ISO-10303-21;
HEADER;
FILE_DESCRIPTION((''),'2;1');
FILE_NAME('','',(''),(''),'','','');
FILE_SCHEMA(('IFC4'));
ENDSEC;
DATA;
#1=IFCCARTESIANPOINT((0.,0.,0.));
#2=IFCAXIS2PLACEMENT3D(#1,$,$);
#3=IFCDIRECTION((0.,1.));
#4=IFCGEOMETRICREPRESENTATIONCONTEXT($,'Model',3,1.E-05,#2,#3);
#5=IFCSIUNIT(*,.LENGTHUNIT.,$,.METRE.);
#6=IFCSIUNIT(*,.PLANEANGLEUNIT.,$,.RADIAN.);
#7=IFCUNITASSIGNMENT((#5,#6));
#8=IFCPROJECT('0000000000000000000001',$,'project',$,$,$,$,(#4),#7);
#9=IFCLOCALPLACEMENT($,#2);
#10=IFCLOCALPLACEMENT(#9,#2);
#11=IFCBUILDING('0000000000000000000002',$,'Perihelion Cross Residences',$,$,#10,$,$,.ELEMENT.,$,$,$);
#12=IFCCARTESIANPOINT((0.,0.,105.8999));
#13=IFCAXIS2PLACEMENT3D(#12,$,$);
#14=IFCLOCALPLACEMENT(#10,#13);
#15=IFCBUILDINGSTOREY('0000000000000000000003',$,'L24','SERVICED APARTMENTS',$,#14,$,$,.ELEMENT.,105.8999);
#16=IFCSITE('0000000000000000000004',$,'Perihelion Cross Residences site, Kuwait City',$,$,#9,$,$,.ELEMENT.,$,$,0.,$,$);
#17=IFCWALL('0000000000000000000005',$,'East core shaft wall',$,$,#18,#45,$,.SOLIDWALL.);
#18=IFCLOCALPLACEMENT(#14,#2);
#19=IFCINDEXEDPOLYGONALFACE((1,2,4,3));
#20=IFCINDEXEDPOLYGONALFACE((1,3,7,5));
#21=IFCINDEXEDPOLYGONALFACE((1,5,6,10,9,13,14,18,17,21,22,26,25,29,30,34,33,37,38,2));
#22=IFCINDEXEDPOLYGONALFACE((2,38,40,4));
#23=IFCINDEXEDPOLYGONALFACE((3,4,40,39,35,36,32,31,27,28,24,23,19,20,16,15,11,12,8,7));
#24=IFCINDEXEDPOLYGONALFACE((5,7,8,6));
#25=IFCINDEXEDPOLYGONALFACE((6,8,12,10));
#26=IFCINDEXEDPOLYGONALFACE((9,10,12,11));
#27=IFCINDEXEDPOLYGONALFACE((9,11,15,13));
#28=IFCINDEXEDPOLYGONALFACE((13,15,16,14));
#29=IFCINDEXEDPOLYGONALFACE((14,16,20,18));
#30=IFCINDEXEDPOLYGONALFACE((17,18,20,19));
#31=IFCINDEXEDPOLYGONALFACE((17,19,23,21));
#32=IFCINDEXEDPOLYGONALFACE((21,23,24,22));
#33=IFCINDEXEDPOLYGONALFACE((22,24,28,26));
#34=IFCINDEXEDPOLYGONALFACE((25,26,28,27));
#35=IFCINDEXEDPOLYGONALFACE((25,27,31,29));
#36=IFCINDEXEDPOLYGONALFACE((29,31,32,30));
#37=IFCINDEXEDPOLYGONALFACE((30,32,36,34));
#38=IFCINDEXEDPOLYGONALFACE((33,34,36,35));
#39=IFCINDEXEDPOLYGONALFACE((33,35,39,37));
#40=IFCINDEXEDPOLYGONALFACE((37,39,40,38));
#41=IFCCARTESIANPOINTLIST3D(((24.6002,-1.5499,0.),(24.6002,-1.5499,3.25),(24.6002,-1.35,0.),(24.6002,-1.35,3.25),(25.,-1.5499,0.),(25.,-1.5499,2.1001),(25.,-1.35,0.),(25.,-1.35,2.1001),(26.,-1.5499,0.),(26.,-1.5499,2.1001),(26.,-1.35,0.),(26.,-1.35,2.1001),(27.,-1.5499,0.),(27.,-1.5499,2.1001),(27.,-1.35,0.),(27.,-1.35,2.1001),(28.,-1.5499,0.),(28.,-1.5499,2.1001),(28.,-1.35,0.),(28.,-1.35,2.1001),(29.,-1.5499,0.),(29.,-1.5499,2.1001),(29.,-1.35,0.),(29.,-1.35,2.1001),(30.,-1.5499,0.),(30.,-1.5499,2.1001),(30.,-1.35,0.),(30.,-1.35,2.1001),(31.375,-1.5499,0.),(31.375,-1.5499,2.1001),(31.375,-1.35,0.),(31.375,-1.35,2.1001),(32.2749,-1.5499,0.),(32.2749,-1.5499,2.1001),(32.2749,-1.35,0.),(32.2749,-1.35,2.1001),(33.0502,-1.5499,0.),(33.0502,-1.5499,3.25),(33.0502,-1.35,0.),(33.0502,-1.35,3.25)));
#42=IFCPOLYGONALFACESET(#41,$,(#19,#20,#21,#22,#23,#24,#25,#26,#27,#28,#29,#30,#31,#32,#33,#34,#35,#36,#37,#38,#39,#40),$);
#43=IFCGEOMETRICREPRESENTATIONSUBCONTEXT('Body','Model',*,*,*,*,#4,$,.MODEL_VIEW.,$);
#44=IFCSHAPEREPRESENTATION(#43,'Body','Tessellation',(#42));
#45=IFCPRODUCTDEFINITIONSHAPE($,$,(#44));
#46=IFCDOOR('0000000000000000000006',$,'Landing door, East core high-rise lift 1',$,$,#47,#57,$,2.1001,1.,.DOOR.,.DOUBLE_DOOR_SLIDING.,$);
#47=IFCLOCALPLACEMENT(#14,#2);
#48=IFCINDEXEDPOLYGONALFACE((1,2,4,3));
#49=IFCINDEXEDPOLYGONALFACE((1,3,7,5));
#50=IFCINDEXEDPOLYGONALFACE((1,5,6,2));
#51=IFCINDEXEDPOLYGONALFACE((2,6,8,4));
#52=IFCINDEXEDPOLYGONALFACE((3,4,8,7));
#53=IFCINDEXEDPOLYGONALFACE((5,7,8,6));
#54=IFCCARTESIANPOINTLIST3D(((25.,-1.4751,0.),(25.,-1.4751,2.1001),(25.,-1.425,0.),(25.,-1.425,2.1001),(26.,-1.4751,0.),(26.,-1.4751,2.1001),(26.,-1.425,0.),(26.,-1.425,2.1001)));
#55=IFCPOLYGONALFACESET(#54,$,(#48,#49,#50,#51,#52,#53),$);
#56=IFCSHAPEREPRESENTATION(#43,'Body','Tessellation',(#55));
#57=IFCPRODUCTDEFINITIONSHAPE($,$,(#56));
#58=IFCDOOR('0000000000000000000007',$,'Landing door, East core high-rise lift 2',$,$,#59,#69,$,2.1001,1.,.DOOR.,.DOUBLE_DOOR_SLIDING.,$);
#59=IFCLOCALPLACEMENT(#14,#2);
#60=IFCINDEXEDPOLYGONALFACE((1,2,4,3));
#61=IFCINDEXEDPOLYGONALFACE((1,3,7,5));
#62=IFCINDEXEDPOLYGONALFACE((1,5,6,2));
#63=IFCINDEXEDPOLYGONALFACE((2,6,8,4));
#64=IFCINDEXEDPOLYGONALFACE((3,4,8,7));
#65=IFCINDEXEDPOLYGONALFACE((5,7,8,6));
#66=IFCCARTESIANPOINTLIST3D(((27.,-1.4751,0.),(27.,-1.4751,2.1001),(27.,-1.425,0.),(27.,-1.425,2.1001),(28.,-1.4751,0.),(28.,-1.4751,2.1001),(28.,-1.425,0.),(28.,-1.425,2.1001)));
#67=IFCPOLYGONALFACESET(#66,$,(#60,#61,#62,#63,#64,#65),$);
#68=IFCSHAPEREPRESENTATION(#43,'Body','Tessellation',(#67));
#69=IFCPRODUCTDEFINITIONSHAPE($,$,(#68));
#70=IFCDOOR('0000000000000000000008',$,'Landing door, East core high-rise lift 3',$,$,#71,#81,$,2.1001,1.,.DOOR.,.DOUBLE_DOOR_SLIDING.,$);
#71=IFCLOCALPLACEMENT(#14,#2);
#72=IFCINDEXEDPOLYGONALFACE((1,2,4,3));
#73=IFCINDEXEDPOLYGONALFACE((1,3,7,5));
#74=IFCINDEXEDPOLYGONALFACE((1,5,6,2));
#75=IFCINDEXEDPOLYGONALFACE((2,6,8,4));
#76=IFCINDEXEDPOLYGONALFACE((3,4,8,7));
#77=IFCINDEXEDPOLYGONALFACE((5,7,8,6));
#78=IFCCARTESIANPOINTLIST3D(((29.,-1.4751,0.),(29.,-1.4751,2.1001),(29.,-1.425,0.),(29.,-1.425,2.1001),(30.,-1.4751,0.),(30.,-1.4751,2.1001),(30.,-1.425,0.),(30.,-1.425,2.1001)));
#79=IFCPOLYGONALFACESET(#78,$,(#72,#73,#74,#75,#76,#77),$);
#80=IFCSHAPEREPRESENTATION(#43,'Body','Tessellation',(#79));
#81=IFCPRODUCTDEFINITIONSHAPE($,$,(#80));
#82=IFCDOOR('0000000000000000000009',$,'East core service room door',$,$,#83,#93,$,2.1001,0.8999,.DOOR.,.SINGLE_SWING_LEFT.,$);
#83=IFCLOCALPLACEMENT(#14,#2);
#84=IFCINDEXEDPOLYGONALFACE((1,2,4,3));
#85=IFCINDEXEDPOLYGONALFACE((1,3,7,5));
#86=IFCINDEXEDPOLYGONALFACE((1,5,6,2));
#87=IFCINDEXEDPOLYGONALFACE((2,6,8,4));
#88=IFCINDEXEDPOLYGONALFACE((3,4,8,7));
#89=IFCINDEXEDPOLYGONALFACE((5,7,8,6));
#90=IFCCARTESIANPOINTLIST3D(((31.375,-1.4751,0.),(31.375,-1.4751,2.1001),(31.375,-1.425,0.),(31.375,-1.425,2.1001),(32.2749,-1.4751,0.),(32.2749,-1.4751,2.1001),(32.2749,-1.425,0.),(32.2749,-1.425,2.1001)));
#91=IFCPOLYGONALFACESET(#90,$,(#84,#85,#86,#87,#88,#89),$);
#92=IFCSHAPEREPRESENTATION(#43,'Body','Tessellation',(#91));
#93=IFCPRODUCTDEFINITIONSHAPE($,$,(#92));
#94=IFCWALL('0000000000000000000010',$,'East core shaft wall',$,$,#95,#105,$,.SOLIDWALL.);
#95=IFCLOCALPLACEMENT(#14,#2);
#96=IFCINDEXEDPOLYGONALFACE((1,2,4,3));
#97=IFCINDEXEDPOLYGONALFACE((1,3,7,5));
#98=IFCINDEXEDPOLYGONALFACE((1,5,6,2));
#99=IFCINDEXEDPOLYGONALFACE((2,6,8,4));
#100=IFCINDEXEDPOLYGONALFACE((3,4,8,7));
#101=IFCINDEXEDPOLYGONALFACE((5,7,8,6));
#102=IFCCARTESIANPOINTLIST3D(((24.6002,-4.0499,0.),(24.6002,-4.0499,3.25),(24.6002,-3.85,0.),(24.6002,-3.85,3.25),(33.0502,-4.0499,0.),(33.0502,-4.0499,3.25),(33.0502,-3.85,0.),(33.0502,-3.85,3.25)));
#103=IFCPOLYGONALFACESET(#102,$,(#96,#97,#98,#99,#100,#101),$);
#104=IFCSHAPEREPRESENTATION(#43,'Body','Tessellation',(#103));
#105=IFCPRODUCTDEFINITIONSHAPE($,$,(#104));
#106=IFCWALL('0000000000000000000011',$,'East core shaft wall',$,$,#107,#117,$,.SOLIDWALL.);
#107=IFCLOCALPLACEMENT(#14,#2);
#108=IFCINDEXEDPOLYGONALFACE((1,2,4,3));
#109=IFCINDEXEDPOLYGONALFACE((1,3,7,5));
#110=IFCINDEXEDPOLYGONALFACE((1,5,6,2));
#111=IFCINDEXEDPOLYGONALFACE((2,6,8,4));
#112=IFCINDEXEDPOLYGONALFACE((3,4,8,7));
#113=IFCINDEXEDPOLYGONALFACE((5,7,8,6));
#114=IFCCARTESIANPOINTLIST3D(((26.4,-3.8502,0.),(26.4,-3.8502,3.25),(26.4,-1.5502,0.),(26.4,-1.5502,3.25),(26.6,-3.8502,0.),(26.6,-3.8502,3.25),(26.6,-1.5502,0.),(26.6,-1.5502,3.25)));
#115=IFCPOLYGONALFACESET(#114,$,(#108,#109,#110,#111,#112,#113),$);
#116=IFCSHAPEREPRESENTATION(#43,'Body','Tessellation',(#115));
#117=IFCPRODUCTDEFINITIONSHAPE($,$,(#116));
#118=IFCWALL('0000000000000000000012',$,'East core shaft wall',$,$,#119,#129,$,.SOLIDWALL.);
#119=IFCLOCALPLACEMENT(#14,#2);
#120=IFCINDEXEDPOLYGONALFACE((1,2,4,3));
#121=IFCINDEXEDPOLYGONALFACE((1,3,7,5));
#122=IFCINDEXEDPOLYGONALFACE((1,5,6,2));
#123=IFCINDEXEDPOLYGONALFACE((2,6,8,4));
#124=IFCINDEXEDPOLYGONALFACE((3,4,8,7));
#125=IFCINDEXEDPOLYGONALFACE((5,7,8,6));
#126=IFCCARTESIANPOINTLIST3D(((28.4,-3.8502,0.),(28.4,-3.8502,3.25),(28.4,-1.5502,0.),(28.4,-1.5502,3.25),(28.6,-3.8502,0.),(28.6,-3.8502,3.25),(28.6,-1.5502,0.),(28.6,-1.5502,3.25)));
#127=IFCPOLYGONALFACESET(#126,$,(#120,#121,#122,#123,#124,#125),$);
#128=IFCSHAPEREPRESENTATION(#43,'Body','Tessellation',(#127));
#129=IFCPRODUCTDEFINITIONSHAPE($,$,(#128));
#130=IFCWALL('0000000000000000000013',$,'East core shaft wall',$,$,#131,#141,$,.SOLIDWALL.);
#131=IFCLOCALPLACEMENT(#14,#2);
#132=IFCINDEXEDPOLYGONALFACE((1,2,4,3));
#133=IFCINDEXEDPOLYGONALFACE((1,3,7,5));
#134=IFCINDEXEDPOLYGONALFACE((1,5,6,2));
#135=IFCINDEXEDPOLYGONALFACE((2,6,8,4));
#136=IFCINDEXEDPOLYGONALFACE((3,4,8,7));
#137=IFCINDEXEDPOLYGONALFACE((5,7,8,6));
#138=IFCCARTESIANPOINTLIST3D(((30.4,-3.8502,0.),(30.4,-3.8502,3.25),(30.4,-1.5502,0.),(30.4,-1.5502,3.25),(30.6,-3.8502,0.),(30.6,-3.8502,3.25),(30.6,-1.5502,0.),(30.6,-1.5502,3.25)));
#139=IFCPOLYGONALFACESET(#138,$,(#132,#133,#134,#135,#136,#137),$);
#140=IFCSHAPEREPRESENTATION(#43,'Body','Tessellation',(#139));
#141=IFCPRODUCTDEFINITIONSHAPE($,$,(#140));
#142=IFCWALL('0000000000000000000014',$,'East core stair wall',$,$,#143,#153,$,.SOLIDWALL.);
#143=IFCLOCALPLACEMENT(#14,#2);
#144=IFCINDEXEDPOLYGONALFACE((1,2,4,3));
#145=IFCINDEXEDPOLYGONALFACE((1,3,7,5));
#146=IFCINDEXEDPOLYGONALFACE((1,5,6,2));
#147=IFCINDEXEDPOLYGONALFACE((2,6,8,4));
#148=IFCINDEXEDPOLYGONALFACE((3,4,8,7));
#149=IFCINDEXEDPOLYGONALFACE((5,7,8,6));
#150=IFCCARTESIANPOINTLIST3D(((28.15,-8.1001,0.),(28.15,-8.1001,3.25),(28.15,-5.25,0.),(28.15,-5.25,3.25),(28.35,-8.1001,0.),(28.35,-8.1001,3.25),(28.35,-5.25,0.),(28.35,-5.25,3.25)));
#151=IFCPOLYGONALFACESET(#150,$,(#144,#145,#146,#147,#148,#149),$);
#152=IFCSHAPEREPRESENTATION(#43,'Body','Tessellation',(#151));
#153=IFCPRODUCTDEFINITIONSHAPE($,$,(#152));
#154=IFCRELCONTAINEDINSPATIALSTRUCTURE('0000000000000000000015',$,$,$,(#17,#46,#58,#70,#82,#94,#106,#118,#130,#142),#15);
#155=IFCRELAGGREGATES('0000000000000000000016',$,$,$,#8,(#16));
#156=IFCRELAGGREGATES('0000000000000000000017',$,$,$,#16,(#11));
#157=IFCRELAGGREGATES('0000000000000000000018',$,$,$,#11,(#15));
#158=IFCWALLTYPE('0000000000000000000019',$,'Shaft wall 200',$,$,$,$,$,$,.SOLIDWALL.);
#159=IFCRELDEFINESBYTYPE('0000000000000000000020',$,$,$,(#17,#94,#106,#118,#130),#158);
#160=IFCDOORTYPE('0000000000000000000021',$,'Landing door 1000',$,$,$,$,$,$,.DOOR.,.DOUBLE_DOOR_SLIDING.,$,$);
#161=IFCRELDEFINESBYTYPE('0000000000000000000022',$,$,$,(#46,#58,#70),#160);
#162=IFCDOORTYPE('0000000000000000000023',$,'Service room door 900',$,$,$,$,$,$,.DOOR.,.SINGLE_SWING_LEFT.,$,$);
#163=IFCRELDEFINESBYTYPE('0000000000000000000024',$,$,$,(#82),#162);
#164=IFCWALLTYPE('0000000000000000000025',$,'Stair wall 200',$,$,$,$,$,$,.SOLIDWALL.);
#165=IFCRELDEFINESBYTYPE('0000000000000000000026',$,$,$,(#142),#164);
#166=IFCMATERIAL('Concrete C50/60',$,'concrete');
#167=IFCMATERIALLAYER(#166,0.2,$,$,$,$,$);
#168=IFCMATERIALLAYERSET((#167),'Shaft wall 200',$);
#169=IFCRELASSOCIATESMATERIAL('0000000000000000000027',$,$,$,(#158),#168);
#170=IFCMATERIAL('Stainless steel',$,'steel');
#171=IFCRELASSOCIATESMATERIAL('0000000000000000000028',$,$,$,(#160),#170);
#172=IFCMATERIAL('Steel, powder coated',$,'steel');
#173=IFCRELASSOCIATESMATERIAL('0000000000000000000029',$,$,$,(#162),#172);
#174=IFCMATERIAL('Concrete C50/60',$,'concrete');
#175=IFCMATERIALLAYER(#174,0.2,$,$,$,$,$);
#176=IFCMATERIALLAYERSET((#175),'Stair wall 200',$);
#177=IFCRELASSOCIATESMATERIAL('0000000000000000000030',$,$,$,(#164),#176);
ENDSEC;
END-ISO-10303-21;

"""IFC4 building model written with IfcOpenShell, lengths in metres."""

from ifc_helpers import new_model, si_unit, direction, frame, frame_2d, origin, place, context, subcontext, project, spatial, rectangle, extrude, material, layer, layer_set, type_object, element, fill, save


model = new_model("IFC4")

# Units and contexts
model_context = context("Model", 3, precision=1e-05, world=origin(), true_north=direction((0.0, 1.0)))
body_context = subcontext(model_context, "Body", "Model", "MODEL_VIEW")
ifc_project = project(units=[si_unit("LENGTHUNIT", "METRE"), si_unit("PLANEANGLEUNIT", "RADIAN")], contexts=[model_context])

# Site, building, storey
site_placement = place(None, origin())
site = spatial("IfcSite", under=ifc_project, at=site_placement, Name="Perihelion Cross Residences site, Kuwait City", CompositionType="ELEMENT", RefElevation=0.0)
building_placement = place(site_placement, origin())
building = spatial("IfcBuilding", under=site, at=building_placement, Name="Perihelion Cross Residences", CompositionType="ELEMENT")
storey_placement = place(building_placement, frame((0.0, 0.0, 105.8999)))
storey = spatial("IfcBuildingStorey", under=building, at=storey_placement, Name="L24", Description="SERVICED APARTMENTS", CompositionType="ELEMENT", Elevation=105.8999)

# Wall, openings, doors
ifc_material_1 = material(Name="Concrete C50/60", Category="concrete")
ifc_layer_1 = layer(ifc_material_1, 0.2)
ifc_layer_set_1 = layer_set([ifc_layer_1], Name="Shaft wall 200")
wall_type_1 = type_object("IfcWallType", Name="Shaft wall 200", PredefinedType="SOLIDWALL", material=ifc_layer_set_1)
wall_1_placement = place(storey_placement, frame((24.6001, -1.45, 0.0), z_axis=(0.0, 0.0, 1.0), x_axis=(1.0, 0.0, 0.0)))
wall_1 = element("IfcWall", 1, at=wall_1_placement, inside=storey, type_object=wall_type_1, Name="East core shaft wall", PredefinedType="SOLIDWALL", context=body_context, shape_type="SweptSolid", body=[
    extrude(rectangle(XDim=8.45, YDim=0.2, at=frame_2d((4.2251, 0.0))), origin(), (0.0, 0.0, 1.0), 3.25),
])
opening_1_placement = place(wall_1_placement, frame((0.3999, 0.0, 0.0)))
opening_1 = element("IfcOpeningElement", 2, at=opening_1_placement, cuts=wall_1, PredefinedType="OPENING", context=body_context, shape_type="SweptSolid", body=[
    extrude(rectangle(XDim=1.0, YDim=2.1001, at=frame_2d((0.5, 1.05))), frame((0.0, 0.1099, 0.0), z_axis=(0.0, -1.0, 0.0), x_axis=(1.0, 0.0, 0.0)), (0.0, 0.0, 1.0), 0.22),
])
opening_2_placement = place(wall_1_placement, frame((2.3999, 0.0, 0.0)))
opening_2 = element("IfcOpeningElement", 3, at=opening_2_placement, cuts=wall_1, PredefinedType="OPENING", context=body_context, shape_type="SweptSolid", body=[
    extrude(rectangle(XDim=1.0, YDim=2.1001, at=frame_2d((0.5, 1.05))), frame((0.0, 0.1099, 0.0), z_axis=(0.0, -1.0, 0.0), x_axis=(1.0, 0.0, 0.0)), (0.0, 0.0, 1.0), 0.22),
])
opening_3_placement = place(wall_1_placement, frame((4.3999, 0.0, 0.0)))
opening_3 = element("IfcOpeningElement", 4, at=opening_3_placement, cuts=wall_1, PredefinedType="OPENING", context=body_context, shape_type="SweptSolid", body=[
    extrude(rectangle(XDim=1.0, YDim=2.1001, at=frame_2d((0.5, 1.05))), frame((0.0, 0.1099, 0.0), z_axis=(0.0, -1.0, 0.0), x_axis=(1.0, 0.0, 0.0)), (0.0, 0.0, 1.0), 0.22),
])
opening_4_placement = place(wall_1_placement, frame((6.7749, 0.0, 0.0)))
opening_4 = element("IfcOpeningElement", 5, at=opening_4_placement, cuts=wall_1, PredefinedType="OPENING", context=body_context, shape_type="SweptSolid", body=[
    extrude(rectangle(XDim=0.8999, YDim=2.1001, at=frame_2d((0.45, 1.05))), frame((0.0, 0.1099, 0.0), z_axis=(0.0, -1.0, 0.0), x_axis=(1.0, 0.0, 0.0)), (0.0, 0.0, 1.0), 0.22),
])
ifc_material_2 = material(Name="Stainless steel", Category="steel")
door_type_1 = type_object("IfcDoorType", Name="Landing door 1000", OperationType="DOUBLE_DOOR_SLIDING", PredefinedType="DOOR", material=ifc_material_2)
door_1_placement = place(opening_1_placement, origin())
door_1 = element("IfcDoor", 6, at=door_1_placement, inside=storey, type_object=door_type_1, Name="Landing door, East core high-rise lift 1", OperationType="DOUBLE_DOOR_SLIDING", OverallHeight=2.1001, OverallWidth=1.0, PredefinedType="DOOR", context=body_context, shape_type="SweptSolid", body=[
    extrude(rectangle(XDim=1.0, YDim=2.1001, at=frame_2d((0.5, 1.05))), frame((0.0, 0.0249, 0.0), z_axis=(0.0, -1.0, 0.0), x_axis=(1.0, 0.0, 0.0)), (0.0, 0.0, 1.0), 0.05),
])
fill(opening_1, door_1)
door_2_placement = place(opening_2_placement, origin())
door_2 = element("IfcDoor", 7, at=door_2_placement, inside=storey, type_object=door_type_1, Name="Landing door, East core high-rise lift 2", OperationType="DOUBLE_DOOR_SLIDING", OverallHeight=2.1001, OverallWidth=1.0, PredefinedType="DOOR", context=body_context, shape_type="SweptSolid", body=[
    extrude(rectangle(XDim=1.0, YDim=2.1001, at=frame_2d((0.5, 1.05))), frame((0.0, 0.0249, 0.0), z_axis=(0.0, -1.0, 0.0), x_axis=(1.0, 0.0, 0.0)), (0.0, 0.0, 1.0), 0.05),
])
fill(opening_2, door_2)
door_3_placement = place(opening_3_placement, origin())
door_3 = element("IfcDoor", 8, at=door_3_placement, inside=storey, type_object=door_type_1, Name="Landing door, East core high-rise lift 3", OperationType="DOUBLE_DOOR_SLIDING", OverallHeight=2.1001, OverallWidth=1.0, PredefinedType="DOOR", context=body_context, shape_type="SweptSolid", body=[
    extrude(rectangle(XDim=1.0, YDim=2.1001, at=frame_2d((0.5, 1.05))), frame((0.0, 0.0249, 0.0), z_axis=(0.0, -1.0, 0.0), x_axis=(1.0, 0.0, 0.0)), (0.0, 0.0, 1.0), 0.05),
])
fill(opening_3, door_3)
ifc_material_3 = material(Name="Steel, powder coated", Category="steel")
door_type_2 = type_object("IfcDoorType", Name="Service room door 900", OperationType="SINGLE_SWING_LEFT", PredefinedType="DOOR", material=ifc_material_3)
door_4_placement = place(opening_4_placement, origin())
door_4 = element("IfcDoor", 9, at=door_4_placement, inside=storey, type_object=door_type_2, Name="East core service room door", OperationType="SINGLE_SWING_LEFT", OverallHeight=2.1001, OverallWidth=0.8999, PredefinedType="DOOR", context=body_context, shape_type="SweptSolid", body=[
    extrude(rectangle(XDim=0.8999, YDim=2.1001, at=frame_2d((0.45, 1.05))), frame((0.0, 0.0249, 0.0), z_axis=(0.0, -1.0, 0.0), x_axis=(1.0, 0.0, 0.0)), (0.0, 0.0, 1.0), 0.05),
])
fill(opening_4, door_4)

# Walls
wall_2_placement = place(storey_placement, frame((24.6001, -3.95, 0.0), z_axis=(0.0, 0.0, 1.0), x_axis=(1.0, 0.0, 0.0)))
element("IfcWall", 10, at=wall_2_placement, inside=storey, type_object=wall_type_1, Name="East core shaft wall", PredefinedType="SOLIDWALL", context=body_context, shape_type="SweptSolid", body=[
    extrude(rectangle(XDim=8.45, YDim=0.2, at=frame_2d((4.2251, 0.0))), origin(), (0.0, 0.0, 1.0), 3.25),
])
for number, where, z_axis, x_axis, name in (
    (11, (26.5, -3.8501, 0.0), (0.0, 0.0, 1.0), (0.0, 1.0, 0.0), "East core shaft wall"),
    (12, (28.5, -3.8501, 0.0), (0.0, 0.0, 1.0), (0.0, 1.0, 0.0), "East core shaft wall"),
    (13, (30.5, -3.8501, 0.0), (0.0, 0.0, 1.0), (0.0, 1.0, 0.0), "East core shaft wall"),
):
    element("IfcWall", number, at=place(storey_placement, frame(where, z_axis=z_axis, x_axis=x_axis)), inside=storey, type_object=wall_type_1, Name=name, PredefinedType="SOLIDWALL", context=body_context, shape_type="SweptSolid", body=[
        extrude(rectangle(XDim=2.3, YDim=0.2, at=frame_2d((1.1499, 0.0))), origin(), (0.0, 0.0, 1.0), 3.25),
    ])
ifc_material_4 = material(Name="Concrete C50/60", Category="concrete")
ifc_layer_2 = layer(ifc_material_4, 0.2)
ifc_layer_set_2 = layer_set([ifc_layer_2], Name="Stair wall 200")
wall_type_2 = type_object("IfcWallType", Name="Stair wall 200", PredefinedType="SOLIDWALL", material=ifc_layer_set_2)
wall_3_placement = place(storey_placement, frame((28.25, -8.1001, 0.0), z_axis=(0.0, 0.0, 1.0), x_axis=(0.0, 1.0, 0.0)))
element("IfcWall", 14, at=wall_3_placement, inside=storey, type_object=wall_type_2, Name="East core stair wall", PredefinedType="SOLIDWALL", context=body_context, shape_type="SweptSolid", body=[
    extrude(rectangle(XDim=2.8501, YDim=0.2, at=frame_2d((1.425, 0.0))), origin(), (0.0, 0.0, 1.0), 3.25),
])

save(model, "model.ifc")
